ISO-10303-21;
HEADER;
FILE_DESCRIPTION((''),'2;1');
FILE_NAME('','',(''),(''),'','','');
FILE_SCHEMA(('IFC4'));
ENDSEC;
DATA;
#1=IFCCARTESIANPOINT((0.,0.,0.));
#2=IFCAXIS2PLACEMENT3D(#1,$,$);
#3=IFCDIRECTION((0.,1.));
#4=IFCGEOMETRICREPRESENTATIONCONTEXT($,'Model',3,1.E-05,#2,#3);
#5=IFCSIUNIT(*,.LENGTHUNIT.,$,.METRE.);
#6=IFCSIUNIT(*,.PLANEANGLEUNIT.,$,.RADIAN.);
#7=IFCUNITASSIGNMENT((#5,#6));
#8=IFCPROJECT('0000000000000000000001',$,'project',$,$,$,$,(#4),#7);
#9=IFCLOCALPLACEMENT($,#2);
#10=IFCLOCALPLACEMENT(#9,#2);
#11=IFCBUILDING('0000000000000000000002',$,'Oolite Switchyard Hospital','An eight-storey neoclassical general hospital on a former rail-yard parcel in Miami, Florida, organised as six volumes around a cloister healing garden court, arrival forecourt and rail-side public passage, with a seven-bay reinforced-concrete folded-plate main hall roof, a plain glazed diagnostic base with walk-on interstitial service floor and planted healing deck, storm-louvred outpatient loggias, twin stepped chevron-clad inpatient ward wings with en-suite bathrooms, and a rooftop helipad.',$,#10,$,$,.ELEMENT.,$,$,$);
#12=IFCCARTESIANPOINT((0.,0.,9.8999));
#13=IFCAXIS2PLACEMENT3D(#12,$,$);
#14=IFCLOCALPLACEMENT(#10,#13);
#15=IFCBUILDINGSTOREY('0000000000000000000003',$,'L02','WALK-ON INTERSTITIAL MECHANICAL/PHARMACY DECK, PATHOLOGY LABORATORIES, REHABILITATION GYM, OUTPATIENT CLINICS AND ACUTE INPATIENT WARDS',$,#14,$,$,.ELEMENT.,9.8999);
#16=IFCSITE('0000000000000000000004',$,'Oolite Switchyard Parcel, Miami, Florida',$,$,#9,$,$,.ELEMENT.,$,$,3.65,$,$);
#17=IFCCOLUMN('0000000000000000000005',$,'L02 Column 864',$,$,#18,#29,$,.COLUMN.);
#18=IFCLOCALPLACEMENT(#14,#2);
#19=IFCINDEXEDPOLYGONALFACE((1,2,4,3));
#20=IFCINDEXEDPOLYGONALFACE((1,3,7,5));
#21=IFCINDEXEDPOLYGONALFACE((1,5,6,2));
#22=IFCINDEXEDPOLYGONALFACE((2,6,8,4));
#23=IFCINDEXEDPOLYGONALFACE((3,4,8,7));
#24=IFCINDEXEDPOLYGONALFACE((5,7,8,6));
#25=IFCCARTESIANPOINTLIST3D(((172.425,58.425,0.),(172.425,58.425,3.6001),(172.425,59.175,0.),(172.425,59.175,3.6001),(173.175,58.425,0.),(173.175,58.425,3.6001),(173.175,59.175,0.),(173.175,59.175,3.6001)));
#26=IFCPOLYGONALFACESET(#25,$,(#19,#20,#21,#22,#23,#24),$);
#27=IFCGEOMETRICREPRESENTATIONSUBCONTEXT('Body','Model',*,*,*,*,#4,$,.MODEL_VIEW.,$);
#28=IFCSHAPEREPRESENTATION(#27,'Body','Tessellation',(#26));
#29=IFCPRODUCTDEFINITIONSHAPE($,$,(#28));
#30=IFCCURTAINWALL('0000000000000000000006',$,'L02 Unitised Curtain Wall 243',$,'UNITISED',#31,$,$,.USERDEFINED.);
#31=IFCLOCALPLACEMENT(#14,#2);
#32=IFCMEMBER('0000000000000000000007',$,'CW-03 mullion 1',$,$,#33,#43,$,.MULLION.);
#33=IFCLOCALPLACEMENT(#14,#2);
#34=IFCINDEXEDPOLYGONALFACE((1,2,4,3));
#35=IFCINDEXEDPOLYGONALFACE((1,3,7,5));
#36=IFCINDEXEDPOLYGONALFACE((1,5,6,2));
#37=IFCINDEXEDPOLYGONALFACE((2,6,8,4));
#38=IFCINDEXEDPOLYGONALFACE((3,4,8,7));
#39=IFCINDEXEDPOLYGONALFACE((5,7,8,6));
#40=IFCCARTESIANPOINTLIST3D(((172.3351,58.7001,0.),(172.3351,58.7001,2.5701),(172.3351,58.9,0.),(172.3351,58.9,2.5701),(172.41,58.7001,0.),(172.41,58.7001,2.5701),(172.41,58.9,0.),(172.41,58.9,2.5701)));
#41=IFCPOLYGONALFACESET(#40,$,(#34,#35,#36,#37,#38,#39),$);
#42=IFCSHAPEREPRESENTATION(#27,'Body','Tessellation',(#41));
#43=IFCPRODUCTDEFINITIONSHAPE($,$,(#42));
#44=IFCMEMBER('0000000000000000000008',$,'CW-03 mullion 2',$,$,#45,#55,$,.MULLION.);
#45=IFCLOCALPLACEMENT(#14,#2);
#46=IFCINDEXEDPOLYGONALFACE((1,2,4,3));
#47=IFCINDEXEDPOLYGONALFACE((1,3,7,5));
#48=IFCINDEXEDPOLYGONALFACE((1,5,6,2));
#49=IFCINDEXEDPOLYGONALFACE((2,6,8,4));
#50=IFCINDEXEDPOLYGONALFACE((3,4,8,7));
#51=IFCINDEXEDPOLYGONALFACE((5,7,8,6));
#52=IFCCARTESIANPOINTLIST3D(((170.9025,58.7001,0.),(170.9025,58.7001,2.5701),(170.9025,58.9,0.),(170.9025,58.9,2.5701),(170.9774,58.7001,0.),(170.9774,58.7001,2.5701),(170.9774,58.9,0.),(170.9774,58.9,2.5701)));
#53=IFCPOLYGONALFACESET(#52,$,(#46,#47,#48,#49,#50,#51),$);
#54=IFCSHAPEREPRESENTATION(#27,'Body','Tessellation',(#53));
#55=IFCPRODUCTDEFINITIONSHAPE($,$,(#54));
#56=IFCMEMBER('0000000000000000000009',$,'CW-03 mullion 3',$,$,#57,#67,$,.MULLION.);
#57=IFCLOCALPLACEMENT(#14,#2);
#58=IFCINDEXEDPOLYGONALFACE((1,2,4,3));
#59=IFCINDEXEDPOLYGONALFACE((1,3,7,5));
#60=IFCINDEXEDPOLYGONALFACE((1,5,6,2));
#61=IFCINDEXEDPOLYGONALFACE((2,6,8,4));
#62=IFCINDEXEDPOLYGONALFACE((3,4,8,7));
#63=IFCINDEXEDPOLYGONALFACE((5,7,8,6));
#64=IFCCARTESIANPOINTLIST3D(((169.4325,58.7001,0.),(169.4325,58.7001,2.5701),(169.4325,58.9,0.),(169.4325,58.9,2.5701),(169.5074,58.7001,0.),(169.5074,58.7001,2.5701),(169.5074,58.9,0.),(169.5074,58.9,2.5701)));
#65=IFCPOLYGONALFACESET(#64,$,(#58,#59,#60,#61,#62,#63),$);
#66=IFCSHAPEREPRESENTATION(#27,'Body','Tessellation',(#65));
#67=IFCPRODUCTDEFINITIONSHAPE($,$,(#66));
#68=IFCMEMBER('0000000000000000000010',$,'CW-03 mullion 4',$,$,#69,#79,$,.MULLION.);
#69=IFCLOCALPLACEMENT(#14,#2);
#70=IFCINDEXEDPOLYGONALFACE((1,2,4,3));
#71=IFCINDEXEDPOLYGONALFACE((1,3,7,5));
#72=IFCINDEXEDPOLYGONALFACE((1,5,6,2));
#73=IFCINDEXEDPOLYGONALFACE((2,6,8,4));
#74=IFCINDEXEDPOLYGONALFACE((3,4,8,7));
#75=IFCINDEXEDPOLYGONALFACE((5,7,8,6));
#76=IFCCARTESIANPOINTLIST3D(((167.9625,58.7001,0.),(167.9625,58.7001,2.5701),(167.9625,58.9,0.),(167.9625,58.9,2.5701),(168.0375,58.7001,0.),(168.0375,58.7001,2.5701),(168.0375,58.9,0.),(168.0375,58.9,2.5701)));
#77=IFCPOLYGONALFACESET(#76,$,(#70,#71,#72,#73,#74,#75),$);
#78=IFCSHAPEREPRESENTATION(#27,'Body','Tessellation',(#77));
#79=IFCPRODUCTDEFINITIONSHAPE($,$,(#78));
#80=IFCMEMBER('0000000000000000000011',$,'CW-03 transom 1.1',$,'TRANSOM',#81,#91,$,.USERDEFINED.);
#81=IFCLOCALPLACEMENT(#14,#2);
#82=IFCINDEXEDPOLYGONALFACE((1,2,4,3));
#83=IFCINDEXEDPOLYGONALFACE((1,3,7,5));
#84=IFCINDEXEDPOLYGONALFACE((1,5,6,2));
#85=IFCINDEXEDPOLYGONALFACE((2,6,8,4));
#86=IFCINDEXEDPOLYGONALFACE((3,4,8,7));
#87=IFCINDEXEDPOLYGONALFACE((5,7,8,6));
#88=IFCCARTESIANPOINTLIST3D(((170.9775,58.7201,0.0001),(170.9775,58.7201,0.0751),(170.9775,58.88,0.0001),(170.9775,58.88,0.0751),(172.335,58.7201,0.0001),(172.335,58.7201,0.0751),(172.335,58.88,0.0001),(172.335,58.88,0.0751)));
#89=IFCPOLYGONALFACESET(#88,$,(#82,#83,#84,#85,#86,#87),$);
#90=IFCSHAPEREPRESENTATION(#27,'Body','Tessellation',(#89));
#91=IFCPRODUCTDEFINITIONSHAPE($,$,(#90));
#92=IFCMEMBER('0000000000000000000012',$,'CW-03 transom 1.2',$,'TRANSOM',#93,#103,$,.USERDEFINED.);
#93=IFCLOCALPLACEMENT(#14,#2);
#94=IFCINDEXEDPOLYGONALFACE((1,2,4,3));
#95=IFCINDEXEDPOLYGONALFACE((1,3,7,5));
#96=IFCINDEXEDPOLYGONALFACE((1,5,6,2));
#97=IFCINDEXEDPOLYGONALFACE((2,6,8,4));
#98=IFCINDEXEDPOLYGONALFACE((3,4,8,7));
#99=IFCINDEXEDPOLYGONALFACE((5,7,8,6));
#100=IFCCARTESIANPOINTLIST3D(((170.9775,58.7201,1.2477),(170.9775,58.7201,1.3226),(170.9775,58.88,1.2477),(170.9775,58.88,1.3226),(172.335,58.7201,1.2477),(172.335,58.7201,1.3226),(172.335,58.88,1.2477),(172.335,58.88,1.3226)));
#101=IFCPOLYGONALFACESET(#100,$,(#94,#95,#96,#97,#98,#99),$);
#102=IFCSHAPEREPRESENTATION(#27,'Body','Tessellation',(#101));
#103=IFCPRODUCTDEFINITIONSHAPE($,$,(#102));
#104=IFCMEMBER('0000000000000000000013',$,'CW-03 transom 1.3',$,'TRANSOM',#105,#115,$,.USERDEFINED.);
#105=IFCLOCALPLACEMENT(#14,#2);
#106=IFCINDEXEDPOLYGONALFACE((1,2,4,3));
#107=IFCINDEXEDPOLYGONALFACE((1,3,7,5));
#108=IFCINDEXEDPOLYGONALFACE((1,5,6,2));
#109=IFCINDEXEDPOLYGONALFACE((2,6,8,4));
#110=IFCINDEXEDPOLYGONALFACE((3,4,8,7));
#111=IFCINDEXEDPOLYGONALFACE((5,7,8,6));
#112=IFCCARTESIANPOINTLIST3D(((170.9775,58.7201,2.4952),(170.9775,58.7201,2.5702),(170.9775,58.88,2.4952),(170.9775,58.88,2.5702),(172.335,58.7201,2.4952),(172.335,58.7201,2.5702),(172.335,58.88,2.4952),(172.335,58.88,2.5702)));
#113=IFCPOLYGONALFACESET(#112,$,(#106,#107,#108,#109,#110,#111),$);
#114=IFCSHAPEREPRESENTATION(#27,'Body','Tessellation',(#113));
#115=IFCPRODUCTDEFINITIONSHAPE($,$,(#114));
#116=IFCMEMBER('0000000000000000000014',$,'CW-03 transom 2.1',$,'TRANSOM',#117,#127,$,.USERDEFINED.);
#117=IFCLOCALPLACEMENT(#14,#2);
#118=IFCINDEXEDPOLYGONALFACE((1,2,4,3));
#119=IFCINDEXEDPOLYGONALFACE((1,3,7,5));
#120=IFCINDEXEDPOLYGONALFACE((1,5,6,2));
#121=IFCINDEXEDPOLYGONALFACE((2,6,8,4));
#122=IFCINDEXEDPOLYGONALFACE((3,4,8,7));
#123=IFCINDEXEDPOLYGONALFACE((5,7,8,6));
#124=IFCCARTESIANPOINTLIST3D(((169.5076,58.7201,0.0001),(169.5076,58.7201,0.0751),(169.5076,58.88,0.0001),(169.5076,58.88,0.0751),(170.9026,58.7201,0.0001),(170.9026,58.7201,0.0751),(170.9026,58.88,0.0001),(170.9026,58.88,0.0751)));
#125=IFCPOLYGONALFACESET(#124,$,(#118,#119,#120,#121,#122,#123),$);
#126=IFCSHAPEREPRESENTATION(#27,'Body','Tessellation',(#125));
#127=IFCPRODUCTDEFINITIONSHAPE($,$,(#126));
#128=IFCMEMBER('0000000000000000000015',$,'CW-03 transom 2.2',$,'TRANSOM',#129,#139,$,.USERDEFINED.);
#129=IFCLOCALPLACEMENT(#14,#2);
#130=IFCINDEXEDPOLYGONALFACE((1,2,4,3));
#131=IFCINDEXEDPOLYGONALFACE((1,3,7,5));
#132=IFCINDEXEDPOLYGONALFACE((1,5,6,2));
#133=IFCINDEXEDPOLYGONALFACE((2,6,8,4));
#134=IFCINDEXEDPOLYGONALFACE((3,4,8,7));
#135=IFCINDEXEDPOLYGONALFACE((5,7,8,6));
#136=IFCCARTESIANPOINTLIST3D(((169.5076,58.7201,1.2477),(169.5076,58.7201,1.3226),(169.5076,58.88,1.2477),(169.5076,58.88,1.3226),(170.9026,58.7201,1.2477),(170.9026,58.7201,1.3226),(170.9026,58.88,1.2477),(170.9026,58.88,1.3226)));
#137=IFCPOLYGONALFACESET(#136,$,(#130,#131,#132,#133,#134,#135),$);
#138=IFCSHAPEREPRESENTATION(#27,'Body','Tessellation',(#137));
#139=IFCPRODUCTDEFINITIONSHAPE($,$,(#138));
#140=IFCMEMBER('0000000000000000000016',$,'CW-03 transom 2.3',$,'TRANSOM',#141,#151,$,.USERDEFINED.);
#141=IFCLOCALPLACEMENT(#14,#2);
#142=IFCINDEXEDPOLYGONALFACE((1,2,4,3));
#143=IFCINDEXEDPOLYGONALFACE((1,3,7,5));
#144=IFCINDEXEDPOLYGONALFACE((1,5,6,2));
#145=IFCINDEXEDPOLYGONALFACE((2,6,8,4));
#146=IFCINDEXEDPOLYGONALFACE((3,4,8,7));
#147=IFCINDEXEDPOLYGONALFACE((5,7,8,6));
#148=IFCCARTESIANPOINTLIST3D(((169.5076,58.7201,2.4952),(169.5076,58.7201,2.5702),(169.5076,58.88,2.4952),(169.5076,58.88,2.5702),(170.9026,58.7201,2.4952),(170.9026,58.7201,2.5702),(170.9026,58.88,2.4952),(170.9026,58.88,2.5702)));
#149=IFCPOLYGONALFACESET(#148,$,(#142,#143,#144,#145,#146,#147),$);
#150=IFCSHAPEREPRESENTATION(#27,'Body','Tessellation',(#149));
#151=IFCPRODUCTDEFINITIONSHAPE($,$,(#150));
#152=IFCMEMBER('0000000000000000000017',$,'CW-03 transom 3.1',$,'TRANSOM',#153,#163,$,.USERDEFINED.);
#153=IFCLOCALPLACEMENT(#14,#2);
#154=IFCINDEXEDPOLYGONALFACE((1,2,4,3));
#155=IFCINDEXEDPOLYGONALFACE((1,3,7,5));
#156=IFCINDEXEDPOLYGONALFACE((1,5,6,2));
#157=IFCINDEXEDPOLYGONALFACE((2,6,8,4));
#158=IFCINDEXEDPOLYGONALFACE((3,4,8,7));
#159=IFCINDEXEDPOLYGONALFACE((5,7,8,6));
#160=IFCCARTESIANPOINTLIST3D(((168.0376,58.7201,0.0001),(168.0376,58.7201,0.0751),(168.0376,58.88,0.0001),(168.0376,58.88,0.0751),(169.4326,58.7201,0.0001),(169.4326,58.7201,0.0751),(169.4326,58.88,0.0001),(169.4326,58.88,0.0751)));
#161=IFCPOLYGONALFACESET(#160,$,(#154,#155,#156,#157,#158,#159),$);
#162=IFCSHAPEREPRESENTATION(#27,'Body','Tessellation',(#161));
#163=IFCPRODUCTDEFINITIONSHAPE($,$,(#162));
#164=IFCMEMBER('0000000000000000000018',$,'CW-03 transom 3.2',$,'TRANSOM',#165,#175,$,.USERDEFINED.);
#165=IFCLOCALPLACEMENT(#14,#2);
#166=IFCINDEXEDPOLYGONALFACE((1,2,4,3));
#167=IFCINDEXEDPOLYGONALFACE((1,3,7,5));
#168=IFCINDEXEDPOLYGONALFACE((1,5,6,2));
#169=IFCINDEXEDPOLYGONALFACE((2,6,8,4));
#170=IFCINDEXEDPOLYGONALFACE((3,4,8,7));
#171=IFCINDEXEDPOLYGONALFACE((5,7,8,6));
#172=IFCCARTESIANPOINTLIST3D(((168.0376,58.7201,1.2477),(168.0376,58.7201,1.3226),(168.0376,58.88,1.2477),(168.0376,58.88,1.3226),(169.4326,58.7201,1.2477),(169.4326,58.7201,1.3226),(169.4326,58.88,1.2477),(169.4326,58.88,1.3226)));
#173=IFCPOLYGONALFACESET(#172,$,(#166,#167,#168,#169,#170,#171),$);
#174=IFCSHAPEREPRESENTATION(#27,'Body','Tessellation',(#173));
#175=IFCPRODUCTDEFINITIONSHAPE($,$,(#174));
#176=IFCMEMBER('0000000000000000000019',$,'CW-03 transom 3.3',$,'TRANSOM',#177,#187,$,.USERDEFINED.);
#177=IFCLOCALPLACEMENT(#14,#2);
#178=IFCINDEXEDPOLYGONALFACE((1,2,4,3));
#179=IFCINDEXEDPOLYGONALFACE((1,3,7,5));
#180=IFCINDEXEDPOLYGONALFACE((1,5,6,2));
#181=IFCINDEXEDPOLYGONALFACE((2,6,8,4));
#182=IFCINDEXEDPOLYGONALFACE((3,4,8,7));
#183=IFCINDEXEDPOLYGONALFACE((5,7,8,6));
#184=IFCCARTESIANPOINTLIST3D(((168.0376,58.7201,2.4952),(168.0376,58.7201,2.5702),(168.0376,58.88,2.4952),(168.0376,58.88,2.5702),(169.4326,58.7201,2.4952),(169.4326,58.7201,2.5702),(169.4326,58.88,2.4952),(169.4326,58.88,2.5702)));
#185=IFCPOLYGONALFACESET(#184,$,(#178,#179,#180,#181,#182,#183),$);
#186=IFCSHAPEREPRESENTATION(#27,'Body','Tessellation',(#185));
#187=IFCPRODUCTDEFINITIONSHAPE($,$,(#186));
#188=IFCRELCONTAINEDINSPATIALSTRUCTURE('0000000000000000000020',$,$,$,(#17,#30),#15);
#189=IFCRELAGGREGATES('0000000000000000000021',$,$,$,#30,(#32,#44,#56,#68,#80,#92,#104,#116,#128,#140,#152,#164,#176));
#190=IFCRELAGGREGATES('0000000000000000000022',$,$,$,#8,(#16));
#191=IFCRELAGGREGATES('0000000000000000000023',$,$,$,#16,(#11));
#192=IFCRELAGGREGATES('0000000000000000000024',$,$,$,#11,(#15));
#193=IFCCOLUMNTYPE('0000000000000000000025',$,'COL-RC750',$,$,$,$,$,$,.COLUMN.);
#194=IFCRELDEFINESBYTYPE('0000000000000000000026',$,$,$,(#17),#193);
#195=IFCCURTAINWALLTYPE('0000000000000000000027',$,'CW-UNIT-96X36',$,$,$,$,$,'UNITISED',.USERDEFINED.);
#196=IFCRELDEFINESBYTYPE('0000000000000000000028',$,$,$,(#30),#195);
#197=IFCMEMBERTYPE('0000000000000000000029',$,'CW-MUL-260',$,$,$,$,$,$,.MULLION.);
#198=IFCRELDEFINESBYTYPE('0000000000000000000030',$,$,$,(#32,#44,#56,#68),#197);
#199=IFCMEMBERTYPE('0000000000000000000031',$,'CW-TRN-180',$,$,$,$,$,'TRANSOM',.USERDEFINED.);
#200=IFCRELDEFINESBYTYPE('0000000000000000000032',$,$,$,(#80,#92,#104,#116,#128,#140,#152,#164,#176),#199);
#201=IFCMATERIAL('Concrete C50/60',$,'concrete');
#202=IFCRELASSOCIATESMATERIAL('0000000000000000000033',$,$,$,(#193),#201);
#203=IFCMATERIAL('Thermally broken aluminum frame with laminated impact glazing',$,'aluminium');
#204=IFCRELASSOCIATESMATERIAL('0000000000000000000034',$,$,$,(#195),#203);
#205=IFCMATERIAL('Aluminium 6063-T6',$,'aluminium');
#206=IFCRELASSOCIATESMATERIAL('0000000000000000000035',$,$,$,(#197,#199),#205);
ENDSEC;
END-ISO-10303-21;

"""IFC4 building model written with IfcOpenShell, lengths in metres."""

from ifc_helpers import new_model, si_unit, direction, frame, origin, origin_2d, place, context, subcontext, project, spatial, rectangle, extrude, material, material_profile, profile_set, type_object, element, aggregate, save


model = new_model("IFC4")

# Units and contexts
model_context = context("Model", 3, precision=1e-05, world=origin(), true_north=direction((0.0, 1.0)))
body_context = subcontext(model_context, "Body", "Model", "MODEL_VIEW")
ifc_project = project(units=[si_unit("LENGTHUNIT", "METRE"), si_unit("PLANEANGLEUNIT", "RADIAN")], contexts=[model_context])

# Site, building, storey
site_placement = place(None, origin())
site = spatial("IfcSite", under=ifc_project, at=site_placement, Name="Oolite Switchyard Parcel, Miami, Florida", CompositionType="ELEMENT", RefElevation=3.65)
building_placement = place(site_placement, origin())
building = spatial("IfcBuilding", under=site, at=building_placement, Name="Oolite Switchyard Hospital", Description="An eight-storey neoclassical general hospital on a former rail-yard parcel in Miami, Florida, organised as six volumes around a cloister healing garden court, arrival forecourt and rail-side public passage, with a seven-bay reinforced-concrete folded-plate main hall roof, a plain glazed diagnostic base with walk-on interstitial service floor and planted healing deck, storm-louvred outpatient loggias, twin stepped chevron-clad inpatient ward wings with en-suite bathrooms, and a rooftop helipad.", CompositionType="ELEMENT")
storey_placement = place(building_placement, frame((0.0, 0.0, 9.8999)))
storey = spatial("IfcBuildingStorey", under=building, at=storey_placement, Name="L02", Description="WALK-ON INTERSTITIAL MECHANICAL/PHARMACY DECK, PATHOLOGY LABORATORIES, REHABILITATION GYM, OUTPATIENT CLINICS AND ACUTE INPATIENT WARDS", CompositionType="ELEMENT", Elevation=9.8999)

# Column
ifc_material_1 = material(Name="Concrete C50/60", Category="concrete")
ifc_material_profile_1 = material_profile(ifc_material_1, rectangle(XDim=0.75, YDim=0.75, at=origin_2d()), Name="RC750X750")
ifc_profile_set_1 = profile_set([ifc_material_profile_1], Name="Concrete C50/60")
column_type = type_object("IfcColumnType", Name="COL-RC750", PredefinedType="COLUMN", material=ifc_profile_set_1)
column_placement = place(storey_placement, frame((172.8, 58.8, 0.0), z_axis=(0.0, 0.0, 1.0), x_axis=(1.0, 0.0, 0.0)))
element("IfcColumn", 1, at=column_placement, inside=storey, type_object=column_type, Name="L02 Column 864", PredefinedType="COLUMN", context=body_context, shape_type="SweptSolid", body=[
    extrude(rectangle(XDim=0.75, YDim=0.75, at=origin_2d()), origin(), (0.0, 0.0, 1.0), 3.6001),
])

# Curtain wall, members
ifc_material_2 = material(Name="Thermally broken aluminum frame with laminated impact glazing", Category="aluminium")
curtain_wall_type = type_object("IfcCurtainWallType", Name="CW-UNIT-96X36", ElementType="UNITISED", PredefinedType="USERDEFINED", material=ifc_material_2)
curtain_wall_placement = place(storey_placement, origin())
curtain_wall = element("IfcCurtainWall", 2, at=curtain_wall_placement, inside=storey, type_object=curtain_wall_type, Name="L02 Unitised Curtain Wall 243", ObjectType="UNITISED", PredefinedType="USERDEFINED")
ifc_material_3 = material(Name="Aluminium 6063-T6", Category="aluminium")
ifc_material_profile_2 = material_profile(ifc_material_3, rectangle(XDim=0.2, YDim=0.075, at=origin_2d()), Name="CWM75X200")
ifc_profile_set_2 = profile_set([ifc_material_profile_2], Name="Aluminium 6063-T6")
member_type_1 = type_object("IfcMemberType", Name="CW-MUL-260", PredefinedType="MULLION", material=ifc_profile_set_2)
member_1_placement = place(storey_placement, frame((172.3726, 58.8, 0.0), z_axis=(0.0, 0.0, 1.0), x_axis=(0.0, -1.0, 0.0)))
member_1 = element("IfcMember", 3, at=member_1_placement, type_object=member_type_1, Name="CW-03 mullion 1", PredefinedType="MULLION", context=body_context, shape_type="SweptSolid", body=[
    extrude(rectangle(XDim=0.2, YDim=0.075, at=origin_2d()), origin(), (0.0, 0.0, 1.0), 2.5701),
])
member_2_placement = place(storey_placement, frame((170.9399, 58.8, 0.0), z_axis=(0.0, 0.0, 1.0), x_axis=(0.0, -1.0, 0.0)))
member_2 = element("IfcMember", 4, at=member_2_placement, type_object=member_type_1, Name="CW-03 mullion 2", PredefinedType="MULLION", context=body_context, shape_type="SweptSolid", body=[
    extrude(rectangle(XDim=0.2, YDim=0.075, at=origin_2d()), origin(), (0.0, 0.0, 1.0), 2.5701),
])
member_3_placement = place(storey_placement, frame((169.47, 58.8, 0.0), z_axis=(0.0, 0.0, 1.0), x_axis=(0.0, -1.0, 0.0)))
member_3 = element("IfcMember", 5, at=member_3_placement, type_object=member_type_1, Name="CW-03 mullion 3", PredefinedType="MULLION", context=body_context, shape_type="SweptSolid", body=[
    extrude(rectangle(XDim=0.2, YDim=0.075, at=origin_2d()), origin(), (0.0, 0.0, 1.0), 2.5701),
])
member_4_placement = place(storey_placement, frame((168.0, 58.8, 0.0), z_axis=(0.0, 0.0, 1.0), x_axis=(0.0, -1.0, 0.0)))
member_4 = element("IfcMember", 6, at=member_4_placement, type_object=member_type_1, Name="CW-03 mullion 4", PredefinedType="MULLION", context=body_context, shape_type="SweptSolid", body=[
    extrude(rectangle(XDim=0.2, YDim=0.075, at=origin_2d()), origin(), (0.0, 0.0, 1.0), 2.5701),
])
ifc_material_profile_3 = material_profile(ifc_material_3, rectangle(XDim=0.1599, YDim=0.075, at=origin_2d()), Name="CWT75X160")
ifc_profile_set_3 = profile_set([ifc_material_profile_3], Name="Aluminium 6063-T6")
member_type_2 = type_object("IfcMemberType", Name="CW-TRN-180", ElementType="TRANSOM", PredefinedType="USERDEFINED", material=ifc_profile_set_3)
member_5_placement = place(storey_placement, frame((172.335, 58.8, 0.0376), z_axis=(-1.0, 0.0, 0.0), x_axis=(0.0, -1.0, 0.0)))
member_5 = element("IfcMember", 7, at=member_5_placement, type_object=member_type_2, Name="CW-03 transom 1.1", ObjectType="TRANSOM", PredefinedType="USERDEFINED", context=body_context, shape_type="SweptSolid", body=[
    extrude(rectangle(XDim=0.1599, YDim=0.075, at=origin_2d()), origin(), (0.0, 0.0, 1.0), 1.3574),
])
member_6_placement = place(storey_placement, frame((172.335, 58.8, 1.2852), z_axis=(-1.0, 0.0, 0.0), x_axis=(0.0, -1.0, 0.0)))
member_6 = element("IfcMember", 8, at=member_6_placement, type_object=member_type_2, Name="CW-03 transom 1.2", ObjectType="TRANSOM", PredefinedType="USERDEFINED", context=body_context, shape_type="SweptSolid", body=[
    extrude(rectangle(XDim=0.1599, YDim=0.075, at=origin_2d()), origin(), (0.0, 0.0, 1.0), 1.3574),
])
member_7_placement = place(storey_placement, frame((172.335, 58.8, 2.5327), z_axis=(-1.0, 0.0, 0.0), x_axis=(0.0, -1.0, 0.0)))
member_7 = element("IfcMember", 9, at=member_7_placement, type_object=member_type_2, Name="CW-03 transom 1.3", ObjectType="TRANSOM", PredefinedType="USERDEFINED", context=body_context, shape_type="SweptSolid", body=[
    extrude(rectangle(XDim=0.1599, YDim=0.075, at=origin_2d()), origin(), (0.0, 0.0, 1.0), 1.3574),
])
member_8_placement = place(storey_placement, frame((170.9026, 58.8, 0.0376), z_axis=(-1.0, 0.0, 0.0), x_axis=(0.0, -1.0, 0.0)))
member_8 = element("IfcMember", 10, at=member_8_placement, type_object=member_type_2, Name="CW-03 transom 2.1", ObjectType="TRANSOM", PredefinedType="USERDEFINED", context=body_context, shape_type="SweptSolid", body=[
    extrude(rectangle(XDim=0.1599, YDim=0.075, at=origin_2d()), origin(), (0.0, 0.0, 1.0), 1.395),
])
member_9_placement = place(storey_placement, frame((170.9026, 58.8, 1.2852), z_axis=(-1.0, 0.0, 0.0), x_axis=(0.0, -1.0, 0.0)))
member_9 = element("IfcMember", 11, at=member_9_placement, type_object=member_type_2, Name="CW-03 transom 2.2", ObjectType="TRANSOM", PredefinedType="USERDEFINED", context=body_context, shape_type="SweptSolid", body=[
    extrude(rectangle(XDim=0.1599, YDim=0.075, at=origin_2d()), origin(), (0.0, 0.0, 1.0), 1.395),
])
member_10_placement = place(storey_placement, frame((170.9026, 58.8, 2.5327), z_axis=(-1.0, 0.0, 0.0), x_axis=(0.0, -1.0, 0.0)))
member_10 = element("IfcMember", 12, at=member_10_placement, type_object=member_type_2, Name="CW-03 transom 2.3", ObjectType="TRANSOM", PredefinedType="USERDEFINED", context=body_context, shape_type="SweptSolid", body=[
    extrude(rectangle(XDim=0.1599, YDim=0.075, at=origin_2d()), origin(), (0.0, 0.0, 1.0), 1.395),
])
member_11_placement = place(storey_placement, frame((169.4326, 58.8, 0.0376), z_axis=(-1.0, 0.0, 0.0), x_axis=(0.0, -1.0, 0.0)))
member_11 = element("IfcMember", 13, at=member_11_placement, type_object=member_type_2, Name="CW-03 transom 3.1", ObjectType="TRANSOM", PredefinedType="USERDEFINED", context=body_context, shape_type="SweptSolid", body=[
    extrude(rectangle(XDim=0.1599, YDim=0.075, at=origin_2d()), origin(), (0.0, 0.0, 1.0), 1.395),
])
member_12_placement = place(storey_placement, frame((169.4326, 58.8, 1.2852), z_axis=(-1.0, 0.0, 0.0), x_axis=(0.0, -1.0, 0.0)))
member_12 = element("IfcMember", 14, at=member_12_placement, type_object=member_type_2, Name="CW-03 transom 3.2", ObjectType="TRANSOM", PredefinedType="USERDEFINED", context=body_context, shape_type="SweptSolid", body=[
    extrude(rectangle(XDim=0.1599, YDim=0.075, at=origin_2d()), origin(), (0.0, 0.0, 1.0), 1.395),
])
member_13_placement = place(storey_placement, frame((169.4326, 58.8, 2.5327), z_axis=(-1.0, 0.0, 0.0), x_axis=(0.0, -1.0, 0.0)))
member_13 = element("IfcMember", 15, at=member_13_placement, type_object=member_type_2, Name="CW-03 transom 3.3", ObjectType="TRANSOM", PredefinedType="USERDEFINED", context=body_context, shape_type="SweptSolid", body=[
    extrude(rectangle(XDim=0.1599, YDim=0.075, at=origin_2d()), origin(), (0.0, 0.0, 1.0), 1.395),
])
aggregate(curtain_wall, [member_1, member_2, member_3, member_4, member_5, member_6, member_7, member_8, member_9, member_10, member_11, member_12, member_13])

save(model, "model.ifc")
